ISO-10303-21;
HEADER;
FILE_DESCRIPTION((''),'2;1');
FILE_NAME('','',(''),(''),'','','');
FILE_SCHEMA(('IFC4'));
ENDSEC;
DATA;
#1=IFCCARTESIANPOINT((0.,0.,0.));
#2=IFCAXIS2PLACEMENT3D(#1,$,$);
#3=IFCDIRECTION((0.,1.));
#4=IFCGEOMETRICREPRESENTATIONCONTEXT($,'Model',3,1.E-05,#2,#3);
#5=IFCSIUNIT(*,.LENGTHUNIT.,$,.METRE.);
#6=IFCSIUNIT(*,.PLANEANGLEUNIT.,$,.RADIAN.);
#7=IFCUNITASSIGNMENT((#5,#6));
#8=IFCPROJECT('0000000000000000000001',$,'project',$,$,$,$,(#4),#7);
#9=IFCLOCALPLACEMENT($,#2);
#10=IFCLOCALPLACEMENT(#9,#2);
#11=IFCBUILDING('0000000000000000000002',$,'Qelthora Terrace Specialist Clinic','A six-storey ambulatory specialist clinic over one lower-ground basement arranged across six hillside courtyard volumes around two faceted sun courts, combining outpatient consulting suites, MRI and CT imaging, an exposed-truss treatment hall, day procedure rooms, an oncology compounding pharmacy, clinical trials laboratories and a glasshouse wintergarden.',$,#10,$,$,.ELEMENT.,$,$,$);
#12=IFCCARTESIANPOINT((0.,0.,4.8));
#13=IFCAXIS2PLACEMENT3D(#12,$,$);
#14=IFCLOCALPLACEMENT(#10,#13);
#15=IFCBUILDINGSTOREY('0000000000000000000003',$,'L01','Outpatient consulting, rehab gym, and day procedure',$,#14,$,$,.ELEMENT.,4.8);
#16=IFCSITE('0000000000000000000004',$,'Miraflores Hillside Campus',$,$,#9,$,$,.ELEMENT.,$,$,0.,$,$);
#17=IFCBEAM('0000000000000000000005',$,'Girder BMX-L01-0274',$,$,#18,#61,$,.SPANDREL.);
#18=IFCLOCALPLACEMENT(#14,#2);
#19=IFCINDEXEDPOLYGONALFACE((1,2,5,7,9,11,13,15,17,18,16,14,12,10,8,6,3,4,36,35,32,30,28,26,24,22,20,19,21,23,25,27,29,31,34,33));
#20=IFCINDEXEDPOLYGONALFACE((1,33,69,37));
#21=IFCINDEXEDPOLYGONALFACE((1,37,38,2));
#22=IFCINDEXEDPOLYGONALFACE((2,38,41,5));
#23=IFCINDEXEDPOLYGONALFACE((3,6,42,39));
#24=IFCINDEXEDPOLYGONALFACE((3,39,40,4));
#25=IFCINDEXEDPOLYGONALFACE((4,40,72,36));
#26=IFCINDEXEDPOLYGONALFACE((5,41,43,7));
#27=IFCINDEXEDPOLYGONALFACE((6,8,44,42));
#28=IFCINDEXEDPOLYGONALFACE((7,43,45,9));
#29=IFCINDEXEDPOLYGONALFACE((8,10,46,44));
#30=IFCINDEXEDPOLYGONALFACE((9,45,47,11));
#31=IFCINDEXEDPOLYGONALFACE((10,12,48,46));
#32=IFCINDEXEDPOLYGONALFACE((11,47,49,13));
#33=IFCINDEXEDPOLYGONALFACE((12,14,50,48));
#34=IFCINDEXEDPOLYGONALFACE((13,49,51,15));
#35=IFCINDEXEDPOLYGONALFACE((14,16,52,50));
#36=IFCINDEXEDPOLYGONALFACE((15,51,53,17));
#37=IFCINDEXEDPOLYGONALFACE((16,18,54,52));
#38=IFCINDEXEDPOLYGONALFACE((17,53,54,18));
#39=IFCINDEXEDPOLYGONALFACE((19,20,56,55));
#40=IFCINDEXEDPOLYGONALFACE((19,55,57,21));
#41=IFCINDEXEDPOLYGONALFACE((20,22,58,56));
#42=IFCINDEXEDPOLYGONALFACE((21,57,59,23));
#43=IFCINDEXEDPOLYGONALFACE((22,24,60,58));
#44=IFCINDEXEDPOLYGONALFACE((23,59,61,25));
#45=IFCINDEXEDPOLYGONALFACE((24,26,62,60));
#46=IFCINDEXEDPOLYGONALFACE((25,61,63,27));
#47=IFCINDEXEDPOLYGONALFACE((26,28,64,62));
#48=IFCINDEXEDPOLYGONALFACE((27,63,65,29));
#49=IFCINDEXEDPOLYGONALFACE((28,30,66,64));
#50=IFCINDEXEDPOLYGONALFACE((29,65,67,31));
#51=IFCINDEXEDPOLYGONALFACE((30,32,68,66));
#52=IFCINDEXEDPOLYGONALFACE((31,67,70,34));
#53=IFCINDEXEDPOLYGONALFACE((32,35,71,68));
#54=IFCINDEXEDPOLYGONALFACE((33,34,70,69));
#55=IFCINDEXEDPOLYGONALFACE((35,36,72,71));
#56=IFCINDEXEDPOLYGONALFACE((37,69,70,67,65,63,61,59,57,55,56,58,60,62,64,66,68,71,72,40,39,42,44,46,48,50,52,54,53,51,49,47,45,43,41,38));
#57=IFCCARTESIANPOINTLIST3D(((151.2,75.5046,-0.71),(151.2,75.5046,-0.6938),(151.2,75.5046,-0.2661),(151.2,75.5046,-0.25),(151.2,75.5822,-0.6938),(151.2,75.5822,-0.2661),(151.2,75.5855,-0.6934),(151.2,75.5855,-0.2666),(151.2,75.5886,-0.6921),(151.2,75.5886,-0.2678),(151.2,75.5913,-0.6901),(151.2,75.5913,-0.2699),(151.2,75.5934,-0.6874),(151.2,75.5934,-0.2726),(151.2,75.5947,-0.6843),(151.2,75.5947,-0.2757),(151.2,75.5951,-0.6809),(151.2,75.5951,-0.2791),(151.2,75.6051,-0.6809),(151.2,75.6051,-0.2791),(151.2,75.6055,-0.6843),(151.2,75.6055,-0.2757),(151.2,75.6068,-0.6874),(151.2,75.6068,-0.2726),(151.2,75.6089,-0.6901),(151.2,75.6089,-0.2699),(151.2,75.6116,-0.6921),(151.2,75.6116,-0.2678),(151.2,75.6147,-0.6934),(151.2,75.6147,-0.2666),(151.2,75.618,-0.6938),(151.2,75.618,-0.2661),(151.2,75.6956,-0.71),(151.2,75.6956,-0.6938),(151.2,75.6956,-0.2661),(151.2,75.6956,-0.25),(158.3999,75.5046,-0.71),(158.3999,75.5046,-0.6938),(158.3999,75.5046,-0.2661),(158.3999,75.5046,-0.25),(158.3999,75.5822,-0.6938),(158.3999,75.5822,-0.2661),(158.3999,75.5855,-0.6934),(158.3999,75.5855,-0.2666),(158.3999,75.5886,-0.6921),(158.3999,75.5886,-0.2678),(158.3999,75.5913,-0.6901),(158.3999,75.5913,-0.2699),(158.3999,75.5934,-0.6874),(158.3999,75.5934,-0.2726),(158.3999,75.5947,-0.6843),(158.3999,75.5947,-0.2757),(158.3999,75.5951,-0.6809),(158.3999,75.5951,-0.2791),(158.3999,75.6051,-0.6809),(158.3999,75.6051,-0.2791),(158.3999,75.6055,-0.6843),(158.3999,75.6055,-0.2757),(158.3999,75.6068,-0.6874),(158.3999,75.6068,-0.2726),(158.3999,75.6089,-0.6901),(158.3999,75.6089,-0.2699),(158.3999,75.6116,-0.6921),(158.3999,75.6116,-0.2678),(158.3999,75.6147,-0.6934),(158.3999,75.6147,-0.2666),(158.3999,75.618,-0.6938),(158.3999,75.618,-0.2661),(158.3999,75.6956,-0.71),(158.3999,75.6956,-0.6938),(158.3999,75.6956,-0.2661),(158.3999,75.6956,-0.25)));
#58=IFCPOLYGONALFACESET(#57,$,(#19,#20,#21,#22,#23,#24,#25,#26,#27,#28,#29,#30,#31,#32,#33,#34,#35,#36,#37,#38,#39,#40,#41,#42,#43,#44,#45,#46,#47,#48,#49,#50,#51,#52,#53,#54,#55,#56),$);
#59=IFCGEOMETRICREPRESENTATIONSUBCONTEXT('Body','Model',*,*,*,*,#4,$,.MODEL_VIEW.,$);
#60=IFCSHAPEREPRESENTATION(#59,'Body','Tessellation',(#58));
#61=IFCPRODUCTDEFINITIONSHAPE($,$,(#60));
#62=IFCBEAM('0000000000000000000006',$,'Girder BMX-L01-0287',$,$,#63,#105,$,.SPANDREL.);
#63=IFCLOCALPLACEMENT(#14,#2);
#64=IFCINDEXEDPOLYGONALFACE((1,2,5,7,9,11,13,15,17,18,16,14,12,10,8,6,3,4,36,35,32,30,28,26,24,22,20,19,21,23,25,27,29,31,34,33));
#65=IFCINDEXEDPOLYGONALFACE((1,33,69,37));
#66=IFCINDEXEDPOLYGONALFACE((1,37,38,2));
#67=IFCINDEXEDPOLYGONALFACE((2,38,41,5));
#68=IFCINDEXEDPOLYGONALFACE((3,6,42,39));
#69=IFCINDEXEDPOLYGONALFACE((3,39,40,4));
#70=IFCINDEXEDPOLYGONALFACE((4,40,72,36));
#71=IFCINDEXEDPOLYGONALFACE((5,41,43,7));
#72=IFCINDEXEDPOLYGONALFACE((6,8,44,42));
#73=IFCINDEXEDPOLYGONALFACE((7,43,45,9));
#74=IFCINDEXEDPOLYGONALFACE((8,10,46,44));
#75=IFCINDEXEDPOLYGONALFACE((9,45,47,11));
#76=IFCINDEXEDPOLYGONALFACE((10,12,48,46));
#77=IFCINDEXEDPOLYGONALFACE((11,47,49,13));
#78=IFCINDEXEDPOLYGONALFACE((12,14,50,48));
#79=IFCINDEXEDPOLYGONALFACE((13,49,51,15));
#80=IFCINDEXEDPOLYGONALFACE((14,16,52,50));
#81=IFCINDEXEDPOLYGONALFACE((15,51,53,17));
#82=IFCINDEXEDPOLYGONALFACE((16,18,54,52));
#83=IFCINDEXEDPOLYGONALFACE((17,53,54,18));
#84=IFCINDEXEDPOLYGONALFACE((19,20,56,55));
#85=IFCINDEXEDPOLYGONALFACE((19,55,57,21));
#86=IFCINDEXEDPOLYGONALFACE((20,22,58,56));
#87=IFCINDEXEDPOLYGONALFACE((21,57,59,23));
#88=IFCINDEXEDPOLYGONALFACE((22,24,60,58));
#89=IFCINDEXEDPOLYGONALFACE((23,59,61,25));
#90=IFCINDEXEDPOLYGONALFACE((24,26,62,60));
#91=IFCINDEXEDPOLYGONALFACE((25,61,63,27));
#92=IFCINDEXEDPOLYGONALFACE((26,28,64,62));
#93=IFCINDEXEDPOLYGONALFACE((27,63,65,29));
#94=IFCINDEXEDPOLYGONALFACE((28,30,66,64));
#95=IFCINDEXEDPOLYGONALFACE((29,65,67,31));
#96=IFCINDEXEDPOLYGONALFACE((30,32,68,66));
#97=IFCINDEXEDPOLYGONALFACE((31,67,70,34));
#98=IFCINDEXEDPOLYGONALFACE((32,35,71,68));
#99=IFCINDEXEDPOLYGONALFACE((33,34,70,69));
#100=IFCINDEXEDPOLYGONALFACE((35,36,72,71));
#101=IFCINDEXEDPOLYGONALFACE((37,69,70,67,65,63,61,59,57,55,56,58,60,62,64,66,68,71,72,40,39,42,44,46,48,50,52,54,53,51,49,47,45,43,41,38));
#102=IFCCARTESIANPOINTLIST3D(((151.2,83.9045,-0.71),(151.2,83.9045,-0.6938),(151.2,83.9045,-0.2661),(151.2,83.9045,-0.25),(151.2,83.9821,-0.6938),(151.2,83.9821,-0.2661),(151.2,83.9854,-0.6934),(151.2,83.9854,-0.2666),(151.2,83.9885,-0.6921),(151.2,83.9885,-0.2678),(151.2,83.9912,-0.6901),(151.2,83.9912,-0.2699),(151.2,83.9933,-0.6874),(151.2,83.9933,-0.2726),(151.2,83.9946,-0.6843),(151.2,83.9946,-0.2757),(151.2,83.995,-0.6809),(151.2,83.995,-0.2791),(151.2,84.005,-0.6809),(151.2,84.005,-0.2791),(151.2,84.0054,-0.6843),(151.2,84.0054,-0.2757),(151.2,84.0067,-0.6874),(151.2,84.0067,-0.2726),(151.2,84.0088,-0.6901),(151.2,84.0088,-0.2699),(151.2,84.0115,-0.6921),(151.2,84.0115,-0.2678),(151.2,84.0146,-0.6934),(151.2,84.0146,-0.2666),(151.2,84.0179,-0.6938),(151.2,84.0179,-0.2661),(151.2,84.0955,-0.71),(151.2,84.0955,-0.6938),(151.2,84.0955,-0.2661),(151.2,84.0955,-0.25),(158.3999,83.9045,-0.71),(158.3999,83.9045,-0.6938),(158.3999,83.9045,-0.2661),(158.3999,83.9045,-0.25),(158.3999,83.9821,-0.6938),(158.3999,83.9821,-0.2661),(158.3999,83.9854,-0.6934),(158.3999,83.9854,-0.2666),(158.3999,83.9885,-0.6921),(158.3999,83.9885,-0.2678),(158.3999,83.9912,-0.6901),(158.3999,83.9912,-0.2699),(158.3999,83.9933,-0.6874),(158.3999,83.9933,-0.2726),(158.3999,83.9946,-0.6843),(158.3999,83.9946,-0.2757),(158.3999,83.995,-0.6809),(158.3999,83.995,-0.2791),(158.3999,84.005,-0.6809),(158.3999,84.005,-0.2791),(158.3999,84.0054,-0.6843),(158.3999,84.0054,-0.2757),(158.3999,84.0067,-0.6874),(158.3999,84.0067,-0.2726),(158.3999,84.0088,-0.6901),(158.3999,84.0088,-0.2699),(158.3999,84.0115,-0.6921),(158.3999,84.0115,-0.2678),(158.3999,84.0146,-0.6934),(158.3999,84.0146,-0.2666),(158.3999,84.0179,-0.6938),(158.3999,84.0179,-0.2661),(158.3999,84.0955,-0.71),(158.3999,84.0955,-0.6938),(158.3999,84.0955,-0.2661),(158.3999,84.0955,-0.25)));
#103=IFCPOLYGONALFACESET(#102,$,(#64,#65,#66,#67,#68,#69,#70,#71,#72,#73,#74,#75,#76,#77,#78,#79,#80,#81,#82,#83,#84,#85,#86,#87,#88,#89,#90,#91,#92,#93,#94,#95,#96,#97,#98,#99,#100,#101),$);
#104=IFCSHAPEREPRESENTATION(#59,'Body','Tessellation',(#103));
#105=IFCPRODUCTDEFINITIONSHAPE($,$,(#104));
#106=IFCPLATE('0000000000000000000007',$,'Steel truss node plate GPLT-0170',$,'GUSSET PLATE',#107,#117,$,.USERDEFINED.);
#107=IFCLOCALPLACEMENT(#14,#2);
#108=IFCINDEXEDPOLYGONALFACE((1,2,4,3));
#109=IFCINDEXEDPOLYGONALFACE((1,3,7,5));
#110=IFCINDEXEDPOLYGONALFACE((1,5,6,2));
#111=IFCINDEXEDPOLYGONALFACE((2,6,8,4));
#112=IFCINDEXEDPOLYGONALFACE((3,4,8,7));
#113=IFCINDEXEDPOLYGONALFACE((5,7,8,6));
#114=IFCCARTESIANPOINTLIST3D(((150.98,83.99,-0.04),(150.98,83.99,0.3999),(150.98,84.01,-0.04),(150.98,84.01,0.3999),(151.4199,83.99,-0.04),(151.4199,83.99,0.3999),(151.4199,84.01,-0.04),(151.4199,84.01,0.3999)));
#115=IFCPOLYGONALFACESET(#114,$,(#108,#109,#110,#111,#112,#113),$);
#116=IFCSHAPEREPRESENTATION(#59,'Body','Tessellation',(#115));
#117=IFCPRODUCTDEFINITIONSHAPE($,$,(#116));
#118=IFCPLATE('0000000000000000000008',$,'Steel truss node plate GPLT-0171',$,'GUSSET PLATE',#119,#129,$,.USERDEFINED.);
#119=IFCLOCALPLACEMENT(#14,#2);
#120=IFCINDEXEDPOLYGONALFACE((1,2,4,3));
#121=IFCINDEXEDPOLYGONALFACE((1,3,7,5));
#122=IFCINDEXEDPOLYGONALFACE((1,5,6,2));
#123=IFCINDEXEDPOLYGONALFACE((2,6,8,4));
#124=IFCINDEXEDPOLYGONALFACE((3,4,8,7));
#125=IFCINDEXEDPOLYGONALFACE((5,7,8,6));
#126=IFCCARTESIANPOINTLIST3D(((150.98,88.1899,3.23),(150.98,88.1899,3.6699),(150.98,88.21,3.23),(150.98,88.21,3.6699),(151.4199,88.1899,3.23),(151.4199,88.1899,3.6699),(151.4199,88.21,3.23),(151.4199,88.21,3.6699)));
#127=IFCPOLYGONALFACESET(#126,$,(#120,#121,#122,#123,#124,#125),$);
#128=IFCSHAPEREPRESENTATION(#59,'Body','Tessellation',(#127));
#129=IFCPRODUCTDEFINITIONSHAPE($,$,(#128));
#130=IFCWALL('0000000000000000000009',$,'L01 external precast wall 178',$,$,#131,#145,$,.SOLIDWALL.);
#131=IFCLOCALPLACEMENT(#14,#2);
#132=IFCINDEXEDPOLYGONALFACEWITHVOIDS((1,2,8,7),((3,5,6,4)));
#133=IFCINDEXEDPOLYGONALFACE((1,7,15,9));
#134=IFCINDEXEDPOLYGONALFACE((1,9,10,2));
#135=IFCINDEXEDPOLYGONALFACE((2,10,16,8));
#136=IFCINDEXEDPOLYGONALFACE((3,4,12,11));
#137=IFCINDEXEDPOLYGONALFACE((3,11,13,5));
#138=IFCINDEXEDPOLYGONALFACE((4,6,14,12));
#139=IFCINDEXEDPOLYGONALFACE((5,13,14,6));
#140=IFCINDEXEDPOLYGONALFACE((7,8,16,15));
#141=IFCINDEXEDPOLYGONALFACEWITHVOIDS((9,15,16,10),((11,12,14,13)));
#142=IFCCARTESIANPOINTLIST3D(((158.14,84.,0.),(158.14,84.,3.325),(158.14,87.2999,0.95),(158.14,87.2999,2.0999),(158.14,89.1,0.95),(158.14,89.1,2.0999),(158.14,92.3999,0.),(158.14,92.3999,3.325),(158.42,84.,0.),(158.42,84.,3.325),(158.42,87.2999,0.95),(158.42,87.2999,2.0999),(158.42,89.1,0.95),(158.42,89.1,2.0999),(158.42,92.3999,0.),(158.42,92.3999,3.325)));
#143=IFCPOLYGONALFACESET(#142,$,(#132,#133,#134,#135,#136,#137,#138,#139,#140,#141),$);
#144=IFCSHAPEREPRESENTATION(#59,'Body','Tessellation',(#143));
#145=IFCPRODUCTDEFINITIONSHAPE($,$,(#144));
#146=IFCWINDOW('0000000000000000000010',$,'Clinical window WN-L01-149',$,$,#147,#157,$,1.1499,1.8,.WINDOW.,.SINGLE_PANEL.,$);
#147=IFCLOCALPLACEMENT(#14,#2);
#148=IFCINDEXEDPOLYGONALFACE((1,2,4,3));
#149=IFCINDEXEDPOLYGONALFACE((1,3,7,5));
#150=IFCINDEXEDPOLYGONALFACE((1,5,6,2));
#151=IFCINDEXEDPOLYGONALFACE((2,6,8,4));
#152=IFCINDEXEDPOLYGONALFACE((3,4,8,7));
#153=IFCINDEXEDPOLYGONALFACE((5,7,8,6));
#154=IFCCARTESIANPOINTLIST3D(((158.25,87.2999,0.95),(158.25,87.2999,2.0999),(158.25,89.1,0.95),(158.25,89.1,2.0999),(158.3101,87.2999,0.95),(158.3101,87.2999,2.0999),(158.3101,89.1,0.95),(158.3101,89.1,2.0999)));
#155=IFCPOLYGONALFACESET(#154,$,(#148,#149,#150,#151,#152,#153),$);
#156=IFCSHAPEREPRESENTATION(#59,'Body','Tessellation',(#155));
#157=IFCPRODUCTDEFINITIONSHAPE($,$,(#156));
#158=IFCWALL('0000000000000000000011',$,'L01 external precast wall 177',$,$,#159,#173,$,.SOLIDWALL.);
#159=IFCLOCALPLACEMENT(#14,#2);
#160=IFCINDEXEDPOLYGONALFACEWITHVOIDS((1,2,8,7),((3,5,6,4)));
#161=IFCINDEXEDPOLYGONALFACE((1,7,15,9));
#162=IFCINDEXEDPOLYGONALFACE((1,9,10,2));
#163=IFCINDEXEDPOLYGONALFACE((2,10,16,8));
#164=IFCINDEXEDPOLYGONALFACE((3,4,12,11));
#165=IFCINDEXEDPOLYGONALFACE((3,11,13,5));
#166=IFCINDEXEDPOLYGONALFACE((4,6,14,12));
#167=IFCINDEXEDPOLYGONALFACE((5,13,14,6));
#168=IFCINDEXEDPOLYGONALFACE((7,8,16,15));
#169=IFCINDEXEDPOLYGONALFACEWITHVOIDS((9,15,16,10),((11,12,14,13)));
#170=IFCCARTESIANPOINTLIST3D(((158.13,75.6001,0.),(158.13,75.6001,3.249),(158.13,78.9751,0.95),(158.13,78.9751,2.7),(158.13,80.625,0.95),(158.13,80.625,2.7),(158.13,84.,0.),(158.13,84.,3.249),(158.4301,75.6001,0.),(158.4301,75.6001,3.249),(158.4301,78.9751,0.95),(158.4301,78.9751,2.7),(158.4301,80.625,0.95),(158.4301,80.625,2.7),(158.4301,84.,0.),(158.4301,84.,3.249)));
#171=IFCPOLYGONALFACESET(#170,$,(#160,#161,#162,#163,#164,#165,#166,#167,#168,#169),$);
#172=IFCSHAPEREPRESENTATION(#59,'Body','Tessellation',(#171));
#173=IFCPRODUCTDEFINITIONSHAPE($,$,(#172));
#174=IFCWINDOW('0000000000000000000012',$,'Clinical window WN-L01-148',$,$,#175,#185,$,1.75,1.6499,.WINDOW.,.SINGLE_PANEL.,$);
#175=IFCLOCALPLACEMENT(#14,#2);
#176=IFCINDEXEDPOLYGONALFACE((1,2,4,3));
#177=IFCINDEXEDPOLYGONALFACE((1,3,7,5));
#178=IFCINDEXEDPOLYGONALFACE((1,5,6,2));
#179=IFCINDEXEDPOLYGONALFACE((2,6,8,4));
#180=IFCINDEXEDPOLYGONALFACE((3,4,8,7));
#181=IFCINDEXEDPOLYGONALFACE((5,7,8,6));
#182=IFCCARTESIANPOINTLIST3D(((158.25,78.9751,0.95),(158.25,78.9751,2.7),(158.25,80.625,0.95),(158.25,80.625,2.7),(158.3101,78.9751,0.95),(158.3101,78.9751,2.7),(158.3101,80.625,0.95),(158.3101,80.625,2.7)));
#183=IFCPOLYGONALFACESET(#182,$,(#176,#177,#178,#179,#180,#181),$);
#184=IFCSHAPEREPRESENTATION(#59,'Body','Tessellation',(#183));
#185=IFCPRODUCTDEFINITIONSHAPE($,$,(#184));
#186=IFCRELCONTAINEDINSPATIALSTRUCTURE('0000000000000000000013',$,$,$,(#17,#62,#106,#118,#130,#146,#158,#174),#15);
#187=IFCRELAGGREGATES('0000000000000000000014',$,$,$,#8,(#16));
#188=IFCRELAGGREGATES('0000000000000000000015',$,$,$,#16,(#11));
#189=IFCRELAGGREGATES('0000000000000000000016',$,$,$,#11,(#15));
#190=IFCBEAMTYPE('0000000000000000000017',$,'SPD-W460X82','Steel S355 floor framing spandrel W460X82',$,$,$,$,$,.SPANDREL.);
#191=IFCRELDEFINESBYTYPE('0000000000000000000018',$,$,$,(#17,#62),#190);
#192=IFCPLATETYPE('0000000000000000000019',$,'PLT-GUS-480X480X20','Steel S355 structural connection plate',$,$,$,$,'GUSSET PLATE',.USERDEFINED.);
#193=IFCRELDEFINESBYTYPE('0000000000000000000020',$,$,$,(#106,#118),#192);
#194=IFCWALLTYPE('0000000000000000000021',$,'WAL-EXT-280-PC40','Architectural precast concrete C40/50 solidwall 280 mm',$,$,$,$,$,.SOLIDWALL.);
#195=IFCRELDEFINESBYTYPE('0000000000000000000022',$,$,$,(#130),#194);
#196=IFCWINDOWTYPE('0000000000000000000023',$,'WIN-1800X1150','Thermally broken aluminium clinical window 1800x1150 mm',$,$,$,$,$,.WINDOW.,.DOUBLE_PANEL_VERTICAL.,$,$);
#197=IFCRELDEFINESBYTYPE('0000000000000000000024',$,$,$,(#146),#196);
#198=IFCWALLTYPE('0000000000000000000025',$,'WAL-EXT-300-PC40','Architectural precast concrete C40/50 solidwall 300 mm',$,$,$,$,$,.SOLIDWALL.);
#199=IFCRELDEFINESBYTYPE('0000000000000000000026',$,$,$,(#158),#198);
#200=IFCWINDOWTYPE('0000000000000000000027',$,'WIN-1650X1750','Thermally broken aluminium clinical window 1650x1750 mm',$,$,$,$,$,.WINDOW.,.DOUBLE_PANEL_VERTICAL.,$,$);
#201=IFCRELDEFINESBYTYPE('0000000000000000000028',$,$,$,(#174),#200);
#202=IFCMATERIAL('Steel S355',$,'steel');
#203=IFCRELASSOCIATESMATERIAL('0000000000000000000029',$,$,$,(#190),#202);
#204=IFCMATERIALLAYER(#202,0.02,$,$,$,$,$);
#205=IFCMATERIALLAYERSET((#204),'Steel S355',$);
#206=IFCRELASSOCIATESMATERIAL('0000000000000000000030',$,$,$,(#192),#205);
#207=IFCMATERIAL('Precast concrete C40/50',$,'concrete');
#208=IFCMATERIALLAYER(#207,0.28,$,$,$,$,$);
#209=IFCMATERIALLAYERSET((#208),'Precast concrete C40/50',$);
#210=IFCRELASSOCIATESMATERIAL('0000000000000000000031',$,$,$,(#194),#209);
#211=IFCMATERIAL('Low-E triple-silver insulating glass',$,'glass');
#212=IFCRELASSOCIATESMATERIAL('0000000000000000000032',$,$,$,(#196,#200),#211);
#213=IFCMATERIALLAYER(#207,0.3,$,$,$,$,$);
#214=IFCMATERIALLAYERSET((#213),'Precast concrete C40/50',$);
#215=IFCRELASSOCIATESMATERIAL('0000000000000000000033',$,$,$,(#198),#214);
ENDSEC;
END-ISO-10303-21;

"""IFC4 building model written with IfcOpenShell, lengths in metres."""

from ifc_helpers import new_model, si_unit, direction, frame, frame_2d, origin, origin_2d, place, context, subcontext, project, spatial, rectangle, i_section, extrude, material, layer, layer_set, material_profile, profile_set, type_object, element, fill, save


model = new_model("IFC4")

# Units and contexts
model_context = context("Model", 3, precision=1e-05, world=origin(), true_north=direction((0.0, 1.0)))
body_context = subcontext(model_context, "Body", "Model", "MODEL_VIEW")
ifc_project = project(units=[si_unit("LENGTHUNIT", "METRE"), si_unit("PLANEANGLEUNIT", "RADIAN")], contexts=[model_context])

# Site, building, storey
site_placement = place(None, origin())
site = spatial("IfcSite", under=ifc_project, at=site_placement, Name="Miraflores Hillside Campus", CompositionType="ELEMENT", RefElevation=0.0)
building_placement = place(site_placement, origin())
building = spatial("IfcBuilding", under=site, at=building_placement, Name="Qelthora Terrace Specialist Clinic", Description="A six-storey ambulatory specialist clinic over one lower-ground basement arranged across six hillside courtyard volumes around two faceted sun courts, combining outpatient consulting suites, MRI and CT imaging, an exposed-truss treatment hall, day procedure rooms, an oncology compounding pharmacy, clinical trials laboratories and a glasshouse wintergarden.", CompositionType="ELEMENT")
storey_placement = place(building_placement, frame((0.0, 0.0, 4.8)))
storey = spatial("IfcBuildingStorey", under=building, at=storey_placement, Name="L01", Description="Outpatient consulting, rehab gym, and day procedure", CompositionType="ELEMENT", Elevation=4.8)

# Shared definitions
ifc_material_1 = material(Name="Steel S355", Category="steel")

# Beams
ifc_material_profile_1 = material_profile(ifc_material_1, i_section(OverallWidth=0.1909, OverallDepth=0.46, WebThickness=0.01, FlangeThickness=0.0161, FilletRadius=0.0129, at=origin_2d()), Name="W460X82")
ifc_profile_set_1 = profile_set([ifc_material_profile_1], Name="Steel S355")
beam_type_1 = type_object("IfcBeamType", Name="SPD-W460X82", Description="Steel S355 floor framing spandrel W460X82", PredefinedType="SPANDREL", material=ifc_profile_set_1)
for number, where, z_axis, x_axis, name in (
    (1, (151.2, 75.6001, -0.48), (1.0, 0.0, 0.0), (0.0, 1.0, 0.0), "Girder BMX-L01-0274"),
    (2, (151.2, 84.0, -0.48), (1.0, 0.0, 0.0), (0.0, 1.0, 0.0), "Girder BMX-L01-0287"),
):
    element("IfcBeam", number, at=place(storey_placement, frame(where, z_axis=z_axis, x_axis=x_axis)), inside=storey, type_object=beam_type_1, Name=name, PredefinedType="SPANDREL", context=body_context, shape_type="SweptSolid", body=[
        extrude(i_section(OverallWidth=0.1909, OverallDepth=0.46, WebThickness=0.01, FlangeThickness=0.0161, FilletRadius=0.0129, at=origin_2d()), origin(), (0.0, 0.0, 1.0), 7.2),
    ])

# Plates
ifc_layer_1 = layer(ifc_material_1, 0.02)
ifc_layer_set_1 = layer_set([ifc_layer_1], Name="Steel S355")
plate_type = type_object("IfcPlateType", Name="PLT-GUS-480X480X20", Description="Steel S355 structural connection plate", ElementType="GUSSET PLATE", PredefinedType="USERDEFINED", material=ifc_layer_set_1)
for number, where, z_axis, x_axis, name in (
    (3, (151.2, 84.0, -0.04), (0.0, 0.0, 1.0), (1.0, 0.0, 0.0), "Steel truss node plate GPLT-0170"),
    (4, (151.2, 88.2, 3.23), (0.0, 0.0, 1.0), (1.0, 0.0, 0.0), "Steel truss node plate GPLT-0171"),
):
    element("IfcPlate", number, at=place(storey_placement, frame(where, z_axis=z_axis, x_axis=x_axis)), inside=storey, type_object=plate_type, Name=name, ObjectType="GUSSET PLATE", PredefinedType="USERDEFINED", context=body_context, shape_type="SweptSolid", body=[
        extrude(rectangle(XDim=0.4399, YDim=0.02, at=origin_2d()), origin(), (0.0, 0.0, 1.0), 0.4399),
    ])

# Walls, openings, windows
ifc_material_2 = material(Name="Precast concrete C40/50", Category="concrete")
ifc_layer_2 = layer(ifc_material_2, 0.28)
ifc_layer_set_2 = layer_set([ifc_layer_2], Name="Precast concrete C40/50")
wall_type_1 = type_object("IfcWallType", Name="WAL-EXT-280-PC40", Description="Architectural precast concrete C40/50 solidwall 280 mm", PredefinedType="SOLIDWALL", material=ifc_layer_set_2)
wall_1_placement = place(storey_placement, frame((158.28, 84.0, 0.0), z_axis=(0.0, 0.0, 1.0), x_axis=(0.0, 1.0, 0.0)))
wall_1 = element("IfcWall", 5, at=wall_1_placement, inside=storey, type_object=wall_type_1, Name="L01 external precast wall 178", PredefinedType="SOLIDWALL", context=body_context, shape_type="SweptSolid", body=[
    extrude(rectangle(XDim=8.3999, YDim=0.28, at=frame_2d((4.2, 0.0))), origin(), (0.0, 0.0, 1.0), 3.325),
])
opening_1_placement = place(wall_1_placement, frame((3.3, 0.0, 0.95)))
opening_1 = element("IfcOpeningElement", 6, at=opening_1_placement, cuts=wall_1, PredefinedType="OPENING", context=body_context, shape_type="SweptSolid", body=[
    extrude(rectangle(XDim=1.8, YDim=1.1499, at=frame_2d((0.8999, 0.575))), frame((0.0, 0.1499, 0.0), z_axis=(0.0, -1.0, 0.0), x_axis=(1.0, 0.0, 0.0)), (0.0, 0.0, 1.0), 0.3),
])
ifc_material_3 = material(Name="Low-E triple-silver insulating glass", Category="glass")
window_type_1 = type_object("IfcWindowType", Name="WIN-1800X1150", Description="Thermally broken aluminium clinical window 1800x1150 mm", PartitioningType="DOUBLE_PANEL_VERTICAL", PredefinedType="WINDOW", material=ifc_material_3)
window_1_placement = place(opening_1_placement, origin())
window_1 = element("IfcWindow", 7, at=window_1_placement, inside=storey, type_object=window_type_1, Name="Clinical window WN-L01-149", OverallHeight=1.1499, OverallWidth=1.8, PartitioningType="SINGLE_PANEL", PredefinedType="WINDOW", context=body_context, shape_type="SweptSolid", body=[
    extrude(rectangle(XDim=1.8, YDim=1.1499, at=frame_2d((0.8999, 0.575))), frame((0.0, 0.03, 0.0), z_axis=(0.0, -1.0, 0.0), x_axis=(1.0, 0.0, 0.0)), (0.0, 0.0, 1.0), 0.0601),
])
fill(opening_1, window_1)
ifc_layer_3 = layer(ifc_material_2, 0.3)
ifc_layer_set_3 = layer_set([ifc_layer_3], Name="Precast concrete C40/50")
wall_type_2 = type_object("IfcWallType", Name="WAL-EXT-300-PC40", Description="Architectural precast concrete C40/50 solidwall 300 mm", PredefinedType="SOLIDWALL", material=ifc_layer_set_3)
wall_2_placement = place(storey_placement, frame((158.28, 75.6001, 0.0), z_axis=(0.0, 0.0, 1.0), x_axis=(0.0, 1.0, 0.0)))
wall_2 = element("IfcWall", 8, at=wall_2_placement, inside=storey, type_object=wall_type_2, Name="L01 external precast wall 177", PredefinedType="SOLIDWALL", context=body_context, shape_type="SweptSolid", body=[
    extrude(rectangle(XDim=8.3999, YDim=0.3, at=frame_2d((4.2, 0.0))), origin(), (0.0, 0.0, 1.0), 3.249),
])
opening_2_placement = place(wall_2_placement, frame((3.375, 0.0, 0.95)))
opening_2 = element("IfcOpeningElement", 9, at=opening_2_placement, cuts=wall_2, PredefinedType="OPENING", context=body_context, shape_type="SweptSolid", body=[
    extrude(rectangle(XDim=1.6499, YDim=1.75, at=frame_2d((0.825, 0.875))), frame((0.0, 0.1599, 0.0), z_axis=(0.0, -1.0, 0.0), x_axis=(1.0, 0.0, 0.0)), (0.0, 0.0, 1.0), 0.3201),
])
window_type_2 = type_object("IfcWindowType", Name="WIN-1650X1750", Description="Thermally broken aluminium clinical window 1650x1750 mm", PartitioningType="DOUBLE_PANEL_VERTICAL", PredefinedType="WINDOW", material=ifc_material_3)
window_2_placement = place(opening_2_placement, origin())
window_2 = element("IfcWindow", 10, at=window_2_placement, inside=storey, type_object=window_type_2, Name="Clinical window WN-L01-148", OverallHeight=1.75, OverallWidth=1.6499, PartitioningType="SINGLE_PANEL", PredefinedType="WINDOW", context=body_context, shape_type="SweptSolid", body=[
    extrude(rectangle(XDim=1.6499, YDim=1.75, at=frame_2d((0.825, 0.875))), frame((0.0, 0.03, 0.0), z_axis=(0.0, -1.0, 0.0), x_axis=(1.0, 0.0, 0.0)), (0.0, 0.0, 1.0), 0.0601),
])
fill(opening_2, window_2)

save(model, "model.ifc")
